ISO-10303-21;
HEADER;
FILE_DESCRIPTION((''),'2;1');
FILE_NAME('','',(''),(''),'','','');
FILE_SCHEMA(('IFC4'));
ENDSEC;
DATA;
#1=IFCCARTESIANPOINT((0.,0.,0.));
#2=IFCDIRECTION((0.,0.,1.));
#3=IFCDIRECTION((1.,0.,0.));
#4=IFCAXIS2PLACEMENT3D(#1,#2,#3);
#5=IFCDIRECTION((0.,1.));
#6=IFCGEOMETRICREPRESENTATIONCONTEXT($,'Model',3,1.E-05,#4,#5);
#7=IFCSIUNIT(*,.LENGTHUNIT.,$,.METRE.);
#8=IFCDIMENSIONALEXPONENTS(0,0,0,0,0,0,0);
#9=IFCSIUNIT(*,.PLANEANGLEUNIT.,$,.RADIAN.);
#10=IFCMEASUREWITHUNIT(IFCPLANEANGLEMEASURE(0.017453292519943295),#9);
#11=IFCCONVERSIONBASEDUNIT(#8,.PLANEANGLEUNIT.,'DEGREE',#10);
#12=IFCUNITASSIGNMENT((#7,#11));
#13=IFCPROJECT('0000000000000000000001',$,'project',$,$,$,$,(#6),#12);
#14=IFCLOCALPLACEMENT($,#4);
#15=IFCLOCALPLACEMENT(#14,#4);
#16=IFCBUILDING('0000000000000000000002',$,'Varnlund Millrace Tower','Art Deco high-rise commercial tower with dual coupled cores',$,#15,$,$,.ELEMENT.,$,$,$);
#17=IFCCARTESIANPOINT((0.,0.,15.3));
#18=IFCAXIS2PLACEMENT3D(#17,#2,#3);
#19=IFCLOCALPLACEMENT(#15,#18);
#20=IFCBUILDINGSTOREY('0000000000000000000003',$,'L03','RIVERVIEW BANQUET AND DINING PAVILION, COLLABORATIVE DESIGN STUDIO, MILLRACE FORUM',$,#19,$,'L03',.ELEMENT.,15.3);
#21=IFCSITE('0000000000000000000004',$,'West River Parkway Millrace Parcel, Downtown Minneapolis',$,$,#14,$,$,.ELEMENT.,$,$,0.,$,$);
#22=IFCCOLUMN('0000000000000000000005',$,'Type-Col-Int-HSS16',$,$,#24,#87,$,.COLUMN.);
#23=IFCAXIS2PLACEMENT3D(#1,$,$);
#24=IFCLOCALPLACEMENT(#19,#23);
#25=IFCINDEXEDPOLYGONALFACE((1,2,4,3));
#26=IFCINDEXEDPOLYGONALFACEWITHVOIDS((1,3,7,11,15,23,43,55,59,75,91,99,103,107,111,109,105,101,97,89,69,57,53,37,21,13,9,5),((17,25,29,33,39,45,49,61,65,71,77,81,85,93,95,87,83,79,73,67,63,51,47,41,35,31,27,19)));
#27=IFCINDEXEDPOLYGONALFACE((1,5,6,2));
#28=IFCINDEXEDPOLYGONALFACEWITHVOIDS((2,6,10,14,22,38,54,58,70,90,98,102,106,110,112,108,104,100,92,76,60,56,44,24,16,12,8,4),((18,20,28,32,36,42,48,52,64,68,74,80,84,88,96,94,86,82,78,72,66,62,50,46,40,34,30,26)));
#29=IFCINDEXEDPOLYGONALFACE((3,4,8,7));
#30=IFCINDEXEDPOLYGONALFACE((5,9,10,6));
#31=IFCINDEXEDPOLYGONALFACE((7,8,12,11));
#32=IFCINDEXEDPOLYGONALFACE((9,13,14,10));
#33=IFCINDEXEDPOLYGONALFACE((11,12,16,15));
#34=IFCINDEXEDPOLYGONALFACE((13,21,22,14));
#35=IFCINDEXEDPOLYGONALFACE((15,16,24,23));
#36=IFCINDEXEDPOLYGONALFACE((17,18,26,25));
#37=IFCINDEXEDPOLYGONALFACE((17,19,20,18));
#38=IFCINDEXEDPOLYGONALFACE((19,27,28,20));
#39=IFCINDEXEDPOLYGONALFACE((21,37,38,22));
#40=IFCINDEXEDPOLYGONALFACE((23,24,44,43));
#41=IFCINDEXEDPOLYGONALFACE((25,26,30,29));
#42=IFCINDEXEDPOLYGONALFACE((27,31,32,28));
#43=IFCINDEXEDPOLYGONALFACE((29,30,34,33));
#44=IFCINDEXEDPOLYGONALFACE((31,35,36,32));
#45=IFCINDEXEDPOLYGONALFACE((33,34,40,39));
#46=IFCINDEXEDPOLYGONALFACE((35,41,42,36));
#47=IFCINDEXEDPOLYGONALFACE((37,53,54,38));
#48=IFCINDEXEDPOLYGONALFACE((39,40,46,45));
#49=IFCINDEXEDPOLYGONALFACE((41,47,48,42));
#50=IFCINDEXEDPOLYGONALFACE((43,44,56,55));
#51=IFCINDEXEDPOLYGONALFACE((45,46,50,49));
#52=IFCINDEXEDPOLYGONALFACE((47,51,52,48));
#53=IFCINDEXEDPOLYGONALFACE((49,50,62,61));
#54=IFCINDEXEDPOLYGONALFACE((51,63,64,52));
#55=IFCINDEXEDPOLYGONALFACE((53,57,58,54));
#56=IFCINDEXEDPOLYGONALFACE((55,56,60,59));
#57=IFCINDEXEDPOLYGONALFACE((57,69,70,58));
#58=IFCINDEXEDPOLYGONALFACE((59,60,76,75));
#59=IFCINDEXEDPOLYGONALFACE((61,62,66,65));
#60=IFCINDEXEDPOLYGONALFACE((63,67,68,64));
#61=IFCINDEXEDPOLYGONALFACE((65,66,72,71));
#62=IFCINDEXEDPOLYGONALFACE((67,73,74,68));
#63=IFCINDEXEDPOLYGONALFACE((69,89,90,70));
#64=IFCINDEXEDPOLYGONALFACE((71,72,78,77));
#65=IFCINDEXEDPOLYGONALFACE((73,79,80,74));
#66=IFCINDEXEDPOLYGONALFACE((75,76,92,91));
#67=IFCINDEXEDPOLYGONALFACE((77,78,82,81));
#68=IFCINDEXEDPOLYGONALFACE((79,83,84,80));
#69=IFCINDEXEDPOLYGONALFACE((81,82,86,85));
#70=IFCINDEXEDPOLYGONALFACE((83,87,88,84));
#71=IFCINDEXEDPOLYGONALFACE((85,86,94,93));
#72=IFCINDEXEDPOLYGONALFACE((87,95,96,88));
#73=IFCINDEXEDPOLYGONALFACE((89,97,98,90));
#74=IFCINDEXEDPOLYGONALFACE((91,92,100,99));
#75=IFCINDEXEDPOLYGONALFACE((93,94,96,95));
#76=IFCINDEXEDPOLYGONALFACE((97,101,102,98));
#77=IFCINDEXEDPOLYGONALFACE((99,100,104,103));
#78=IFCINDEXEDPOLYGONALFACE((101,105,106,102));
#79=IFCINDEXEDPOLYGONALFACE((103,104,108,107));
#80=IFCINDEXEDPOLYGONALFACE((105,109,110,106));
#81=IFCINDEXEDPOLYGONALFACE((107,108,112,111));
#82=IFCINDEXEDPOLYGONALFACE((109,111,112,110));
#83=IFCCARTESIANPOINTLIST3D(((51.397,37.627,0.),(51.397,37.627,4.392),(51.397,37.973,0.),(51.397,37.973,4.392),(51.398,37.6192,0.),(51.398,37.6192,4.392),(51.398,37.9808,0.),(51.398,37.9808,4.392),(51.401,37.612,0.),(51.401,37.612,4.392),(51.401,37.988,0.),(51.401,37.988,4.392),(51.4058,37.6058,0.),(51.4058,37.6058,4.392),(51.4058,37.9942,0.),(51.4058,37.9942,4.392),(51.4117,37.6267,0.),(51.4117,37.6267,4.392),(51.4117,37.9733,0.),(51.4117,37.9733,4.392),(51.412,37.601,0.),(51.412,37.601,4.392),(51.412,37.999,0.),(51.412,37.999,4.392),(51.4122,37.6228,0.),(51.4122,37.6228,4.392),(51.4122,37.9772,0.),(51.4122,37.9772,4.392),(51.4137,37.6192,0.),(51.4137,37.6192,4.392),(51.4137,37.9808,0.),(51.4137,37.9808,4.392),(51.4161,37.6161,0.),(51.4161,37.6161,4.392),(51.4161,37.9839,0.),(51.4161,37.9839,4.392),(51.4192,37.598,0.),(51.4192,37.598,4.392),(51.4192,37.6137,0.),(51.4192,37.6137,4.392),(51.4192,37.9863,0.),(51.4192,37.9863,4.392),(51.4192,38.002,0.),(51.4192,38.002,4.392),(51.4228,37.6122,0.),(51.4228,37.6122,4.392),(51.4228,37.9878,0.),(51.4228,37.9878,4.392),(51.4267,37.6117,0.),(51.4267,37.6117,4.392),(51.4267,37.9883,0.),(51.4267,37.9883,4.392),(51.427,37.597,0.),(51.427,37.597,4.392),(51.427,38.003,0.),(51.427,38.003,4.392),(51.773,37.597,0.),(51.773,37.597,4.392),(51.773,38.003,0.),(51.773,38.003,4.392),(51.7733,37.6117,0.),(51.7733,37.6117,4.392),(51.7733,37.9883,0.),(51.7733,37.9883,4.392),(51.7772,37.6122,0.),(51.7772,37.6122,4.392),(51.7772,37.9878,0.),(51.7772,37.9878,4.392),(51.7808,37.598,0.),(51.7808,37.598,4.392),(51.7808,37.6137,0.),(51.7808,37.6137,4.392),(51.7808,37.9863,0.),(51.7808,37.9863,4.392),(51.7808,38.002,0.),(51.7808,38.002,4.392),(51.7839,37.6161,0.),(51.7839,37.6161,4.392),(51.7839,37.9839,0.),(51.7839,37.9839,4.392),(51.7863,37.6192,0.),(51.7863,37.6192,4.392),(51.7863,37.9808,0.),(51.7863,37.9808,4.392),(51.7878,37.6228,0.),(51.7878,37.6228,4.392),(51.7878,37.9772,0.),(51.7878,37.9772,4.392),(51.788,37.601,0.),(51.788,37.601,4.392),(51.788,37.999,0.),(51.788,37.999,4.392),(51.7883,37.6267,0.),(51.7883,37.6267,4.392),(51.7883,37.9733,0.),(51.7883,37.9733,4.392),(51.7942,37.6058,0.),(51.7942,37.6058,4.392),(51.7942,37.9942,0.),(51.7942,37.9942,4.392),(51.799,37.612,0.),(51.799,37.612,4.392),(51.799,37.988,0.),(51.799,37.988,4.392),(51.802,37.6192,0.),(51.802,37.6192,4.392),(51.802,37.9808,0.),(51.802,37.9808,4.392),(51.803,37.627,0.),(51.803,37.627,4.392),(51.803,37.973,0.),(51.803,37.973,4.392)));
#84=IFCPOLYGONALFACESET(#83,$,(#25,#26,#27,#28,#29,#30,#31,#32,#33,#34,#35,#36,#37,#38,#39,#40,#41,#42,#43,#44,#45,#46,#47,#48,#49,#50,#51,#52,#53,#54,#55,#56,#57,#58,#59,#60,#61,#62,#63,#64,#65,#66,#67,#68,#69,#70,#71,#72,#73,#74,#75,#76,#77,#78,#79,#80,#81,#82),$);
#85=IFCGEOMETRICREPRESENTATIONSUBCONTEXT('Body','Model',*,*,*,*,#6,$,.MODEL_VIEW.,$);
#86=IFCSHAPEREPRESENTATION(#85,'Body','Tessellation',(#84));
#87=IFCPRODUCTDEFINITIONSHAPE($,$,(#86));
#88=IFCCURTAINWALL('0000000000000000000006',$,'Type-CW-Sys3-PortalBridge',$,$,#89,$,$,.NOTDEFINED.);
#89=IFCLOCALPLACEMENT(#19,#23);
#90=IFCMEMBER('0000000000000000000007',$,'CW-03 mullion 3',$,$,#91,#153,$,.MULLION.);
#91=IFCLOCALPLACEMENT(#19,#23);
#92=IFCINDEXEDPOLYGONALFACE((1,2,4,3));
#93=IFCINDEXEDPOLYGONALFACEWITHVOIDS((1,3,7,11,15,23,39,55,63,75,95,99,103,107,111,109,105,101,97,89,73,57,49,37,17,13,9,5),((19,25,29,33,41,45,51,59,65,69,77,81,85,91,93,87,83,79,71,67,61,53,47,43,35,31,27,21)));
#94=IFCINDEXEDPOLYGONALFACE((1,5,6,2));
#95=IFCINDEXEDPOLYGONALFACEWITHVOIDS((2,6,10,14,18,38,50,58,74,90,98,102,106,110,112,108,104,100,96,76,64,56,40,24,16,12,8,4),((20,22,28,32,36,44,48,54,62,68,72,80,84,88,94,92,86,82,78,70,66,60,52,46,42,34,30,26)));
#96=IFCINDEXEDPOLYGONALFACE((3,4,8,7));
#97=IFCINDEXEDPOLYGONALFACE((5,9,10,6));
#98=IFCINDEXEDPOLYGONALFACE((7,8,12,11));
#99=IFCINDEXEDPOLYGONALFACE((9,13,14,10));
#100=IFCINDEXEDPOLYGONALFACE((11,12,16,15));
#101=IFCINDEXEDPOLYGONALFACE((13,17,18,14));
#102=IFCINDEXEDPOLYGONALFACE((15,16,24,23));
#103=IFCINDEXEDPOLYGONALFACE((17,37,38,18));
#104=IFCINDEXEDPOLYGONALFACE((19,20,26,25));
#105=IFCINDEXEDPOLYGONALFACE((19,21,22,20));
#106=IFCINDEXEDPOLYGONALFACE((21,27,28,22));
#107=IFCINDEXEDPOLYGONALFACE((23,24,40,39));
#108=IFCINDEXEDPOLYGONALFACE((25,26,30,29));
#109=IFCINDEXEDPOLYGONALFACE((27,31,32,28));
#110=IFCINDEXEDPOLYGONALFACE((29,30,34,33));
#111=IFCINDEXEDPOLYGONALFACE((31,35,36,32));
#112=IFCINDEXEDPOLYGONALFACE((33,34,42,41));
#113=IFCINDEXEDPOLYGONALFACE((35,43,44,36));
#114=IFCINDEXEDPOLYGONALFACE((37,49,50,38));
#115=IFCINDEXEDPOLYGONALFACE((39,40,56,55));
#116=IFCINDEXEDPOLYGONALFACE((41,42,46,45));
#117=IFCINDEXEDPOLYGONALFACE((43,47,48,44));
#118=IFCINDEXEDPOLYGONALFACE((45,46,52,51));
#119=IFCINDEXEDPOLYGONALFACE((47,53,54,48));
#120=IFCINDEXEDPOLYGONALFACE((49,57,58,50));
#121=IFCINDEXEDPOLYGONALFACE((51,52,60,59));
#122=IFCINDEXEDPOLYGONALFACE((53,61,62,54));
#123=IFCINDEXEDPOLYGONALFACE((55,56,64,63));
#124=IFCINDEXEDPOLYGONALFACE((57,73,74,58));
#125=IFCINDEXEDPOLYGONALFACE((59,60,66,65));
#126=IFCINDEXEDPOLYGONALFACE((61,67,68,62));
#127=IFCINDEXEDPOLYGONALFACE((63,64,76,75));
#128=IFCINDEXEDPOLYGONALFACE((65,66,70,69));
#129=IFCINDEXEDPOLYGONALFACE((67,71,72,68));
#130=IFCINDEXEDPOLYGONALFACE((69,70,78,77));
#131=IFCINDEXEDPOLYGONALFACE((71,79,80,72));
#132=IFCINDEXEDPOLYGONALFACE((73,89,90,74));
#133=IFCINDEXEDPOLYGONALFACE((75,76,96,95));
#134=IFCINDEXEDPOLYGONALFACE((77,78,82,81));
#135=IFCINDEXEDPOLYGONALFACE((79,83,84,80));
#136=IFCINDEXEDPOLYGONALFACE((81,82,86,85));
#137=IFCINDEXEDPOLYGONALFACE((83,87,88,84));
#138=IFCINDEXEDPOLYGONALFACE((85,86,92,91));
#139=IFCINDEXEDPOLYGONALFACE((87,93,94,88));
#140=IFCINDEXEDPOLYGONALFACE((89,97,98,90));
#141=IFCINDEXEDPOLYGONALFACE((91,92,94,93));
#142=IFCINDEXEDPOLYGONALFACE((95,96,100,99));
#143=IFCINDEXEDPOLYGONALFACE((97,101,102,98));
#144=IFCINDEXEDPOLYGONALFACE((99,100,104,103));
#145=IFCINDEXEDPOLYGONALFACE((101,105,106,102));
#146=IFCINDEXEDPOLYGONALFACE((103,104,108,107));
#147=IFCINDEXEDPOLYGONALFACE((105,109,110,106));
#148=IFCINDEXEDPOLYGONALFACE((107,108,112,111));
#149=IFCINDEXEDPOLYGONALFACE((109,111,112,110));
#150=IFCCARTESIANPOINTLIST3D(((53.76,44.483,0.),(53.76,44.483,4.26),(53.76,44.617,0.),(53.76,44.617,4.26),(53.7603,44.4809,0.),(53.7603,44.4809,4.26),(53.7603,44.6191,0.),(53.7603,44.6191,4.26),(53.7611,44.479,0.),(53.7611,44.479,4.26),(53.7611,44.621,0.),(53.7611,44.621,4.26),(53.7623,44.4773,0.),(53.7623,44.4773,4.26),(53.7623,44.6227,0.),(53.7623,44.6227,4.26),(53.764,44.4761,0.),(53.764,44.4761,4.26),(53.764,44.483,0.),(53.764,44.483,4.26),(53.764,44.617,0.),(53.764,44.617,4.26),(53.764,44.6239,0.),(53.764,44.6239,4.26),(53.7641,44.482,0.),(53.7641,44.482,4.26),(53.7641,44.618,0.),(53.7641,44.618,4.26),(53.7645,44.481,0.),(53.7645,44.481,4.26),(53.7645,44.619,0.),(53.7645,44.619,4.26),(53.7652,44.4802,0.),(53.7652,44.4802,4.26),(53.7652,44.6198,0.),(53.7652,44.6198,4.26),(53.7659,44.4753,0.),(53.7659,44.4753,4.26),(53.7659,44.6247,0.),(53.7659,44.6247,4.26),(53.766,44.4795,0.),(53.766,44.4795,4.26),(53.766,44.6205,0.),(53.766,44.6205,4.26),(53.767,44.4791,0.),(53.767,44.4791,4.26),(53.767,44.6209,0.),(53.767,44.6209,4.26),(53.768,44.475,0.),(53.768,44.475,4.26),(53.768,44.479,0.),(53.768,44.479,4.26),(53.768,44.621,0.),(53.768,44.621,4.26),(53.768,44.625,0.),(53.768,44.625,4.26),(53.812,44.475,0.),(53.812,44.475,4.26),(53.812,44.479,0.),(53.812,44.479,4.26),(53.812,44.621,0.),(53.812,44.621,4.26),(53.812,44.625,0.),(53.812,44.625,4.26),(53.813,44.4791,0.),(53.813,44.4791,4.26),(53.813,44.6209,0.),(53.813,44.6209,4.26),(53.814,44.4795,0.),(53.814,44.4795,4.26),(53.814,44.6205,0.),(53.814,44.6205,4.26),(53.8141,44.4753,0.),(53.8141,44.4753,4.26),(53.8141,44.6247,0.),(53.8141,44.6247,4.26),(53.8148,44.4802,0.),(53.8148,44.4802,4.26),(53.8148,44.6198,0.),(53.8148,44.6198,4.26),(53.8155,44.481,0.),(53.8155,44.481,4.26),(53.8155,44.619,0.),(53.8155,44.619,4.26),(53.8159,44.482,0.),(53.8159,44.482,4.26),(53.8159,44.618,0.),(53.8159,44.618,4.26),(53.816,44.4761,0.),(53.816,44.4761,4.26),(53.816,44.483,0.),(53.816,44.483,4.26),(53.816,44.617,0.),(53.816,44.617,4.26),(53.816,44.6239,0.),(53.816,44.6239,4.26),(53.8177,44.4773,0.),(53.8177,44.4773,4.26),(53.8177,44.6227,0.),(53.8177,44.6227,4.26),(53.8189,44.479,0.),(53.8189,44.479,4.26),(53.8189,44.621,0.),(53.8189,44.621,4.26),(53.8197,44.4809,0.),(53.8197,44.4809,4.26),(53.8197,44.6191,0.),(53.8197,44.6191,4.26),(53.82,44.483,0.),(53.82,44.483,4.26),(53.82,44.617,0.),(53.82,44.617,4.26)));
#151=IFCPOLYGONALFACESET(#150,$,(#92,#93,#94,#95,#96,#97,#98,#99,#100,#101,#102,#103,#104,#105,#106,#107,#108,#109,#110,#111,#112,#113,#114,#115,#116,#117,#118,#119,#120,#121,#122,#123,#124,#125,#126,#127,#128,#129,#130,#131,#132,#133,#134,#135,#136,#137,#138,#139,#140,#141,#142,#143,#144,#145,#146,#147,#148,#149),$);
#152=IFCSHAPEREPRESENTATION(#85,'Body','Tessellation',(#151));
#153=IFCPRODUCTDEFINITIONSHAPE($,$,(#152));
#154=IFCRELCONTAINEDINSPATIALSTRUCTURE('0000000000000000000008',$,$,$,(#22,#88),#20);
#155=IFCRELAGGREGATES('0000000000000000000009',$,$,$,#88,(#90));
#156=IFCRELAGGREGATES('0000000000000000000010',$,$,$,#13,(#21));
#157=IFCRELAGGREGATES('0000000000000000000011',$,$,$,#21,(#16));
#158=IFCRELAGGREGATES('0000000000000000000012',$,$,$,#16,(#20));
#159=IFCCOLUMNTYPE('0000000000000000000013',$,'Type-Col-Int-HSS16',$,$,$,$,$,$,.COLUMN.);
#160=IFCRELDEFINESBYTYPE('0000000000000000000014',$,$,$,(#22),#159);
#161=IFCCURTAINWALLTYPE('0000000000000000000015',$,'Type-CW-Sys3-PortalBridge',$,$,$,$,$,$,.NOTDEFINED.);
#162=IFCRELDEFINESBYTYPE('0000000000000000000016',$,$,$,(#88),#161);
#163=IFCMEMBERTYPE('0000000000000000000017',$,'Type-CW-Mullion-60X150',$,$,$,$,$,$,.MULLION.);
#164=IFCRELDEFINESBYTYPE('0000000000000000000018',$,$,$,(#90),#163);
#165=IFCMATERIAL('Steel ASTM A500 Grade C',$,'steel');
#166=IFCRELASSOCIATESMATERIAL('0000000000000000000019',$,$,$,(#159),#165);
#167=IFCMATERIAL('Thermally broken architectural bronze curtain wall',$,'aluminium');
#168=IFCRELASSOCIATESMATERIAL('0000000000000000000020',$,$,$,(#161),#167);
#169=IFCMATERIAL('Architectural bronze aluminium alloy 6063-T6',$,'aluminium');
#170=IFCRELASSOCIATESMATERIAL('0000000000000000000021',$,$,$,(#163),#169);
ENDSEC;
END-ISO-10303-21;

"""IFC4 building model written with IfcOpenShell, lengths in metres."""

from ifc_helpers import new_model, entity, si_unit, converted_unit, direction, frame, origin_with_axes, origin_2d_with_axis, place, context, subcontext, project, spatial, hollow_rectangle, extrude, material, material_profile, profile_set, type_object, element, aggregate, save


model = new_model("IFC4")

# Units and contexts
model_context = context("Model", 3, precision=1e-05, world=origin_with_axes(), true_north=direction((0.0, 1.0)))
body_context = subcontext(model_context, "Body", "Model", "MODEL_VIEW")
ifc_project = project(units=[si_unit("LENGTHUNIT", "METRE"), converted_unit("PLANEANGLEUNIT", "DEGREE", entity("IfcPlaneAngleMeasure", 0.017453292519943295), si_unit("PLANEANGLEUNIT", "RADIAN"), dimensions=[0, 0, 0, 0, 0, 0, 0])], contexts=[model_context])

# Site, building, storey
site_placement = place(None, origin_with_axes())
site = spatial("IfcSite", under=ifc_project, at=site_placement, Name="West River Parkway Millrace Parcel, Downtown Minneapolis", CompositionType="ELEMENT", RefElevation=0.0)
building_placement = place(site_placement, origin_with_axes())
building = spatial("IfcBuilding", under=site, at=building_placement, Name="Varnlund Millrace Tower", Description="Art Deco high-rise commercial tower with dual coupled cores", CompositionType="ELEMENT")
storey_placement = place(building_placement, frame((0.0, 0.0, 15.3), z_axis=(0.0, 0.0, 1.0), x_axis=(1.0, 0.0, 0.0)))
storey = spatial("IfcBuildingStorey", under=building, at=storey_placement, Name="L03", Description="RIVERVIEW BANQUET AND DINING PAVILION, COLLABORATIVE DESIGN STUDIO, MILLRACE FORUM", LongName="L03", CompositionType="ELEMENT", Elevation=15.3)

# Column
ifc_material_1 = material(Name="Steel ASTM A500 Grade C", Category="steel")
ifc_material_profile_1 = material_profile(ifc_material_1, hollow_rectangle(XDim=0.406, YDim=0.406, WallThickness=0.0147, InnerFilletRadius=0.015, OuterFilletRadius=0.03, at=origin_2d_with_axis()), Name="Steel ASTM A500 Grade C")
ifc_profile_set_1 = profile_set([ifc_material_profile_1], Name="Steel ASTM A500 Grade C")
column_type = type_object("IfcColumnType", Name="Type-Col-Int-HSS16", PredefinedType="COLUMN", material=ifc_profile_set_1)
column_placement = place(storey_placement, frame((51.6, 37.8, 0.0), z_axis=(0.0, 0.0, 1.0), x_axis=(1.0, 0.0, 0.0)))
element("IfcColumn", 1, at=column_placement, inside=storey, type_object=column_type, Name="Type-Col-Int-HSS16", PredefinedType="COLUMN", context=body_context, shape_type="SweptSolid", body=[
    extrude(hollow_rectangle(XDim=0.406, YDim=0.406, WallThickness=0.0147, InnerFilletRadius=0.015, OuterFilletRadius=0.03, at=origin_2d_with_axis()), origin_with_axes(), (0.0, 0.0, 1.0), 4.392),
])

# Curtain wall, member
ifc_material_2 = material(Name="Thermally broken architectural bronze curtain wall", Category="aluminium")
curtain_wall_type = type_object("IfcCurtainWallType", Name="Type-CW-Sys3-PortalBridge", PredefinedType="NOTDEFINED", material=ifc_material_2)
curtain_wall_placement = place(storey_placement, frame((53.79, 47.55, 0.0), z_axis=(0.0, 0.0, 1.0), x_axis=(1.0, 0.0, 0.0)))
curtain_wall = element("IfcCurtainWall", 2, at=curtain_wall_placement, inside=storey, type_object=curtain_wall_type, Name="Type-CW-Sys3-PortalBridge", PredefinedType="NOTDEFINED")
ifc_material_3 = material(Name="Architectural bronze aluminium alloy 6063-T6", Category="aluminium")
ifc_material_profile_2 = material_profile(ifc_material_3, hollow_rectangle(XDim=0.06, YDim=0.15, WallThickness=0.004, InnerFilletRadius=0.004, OuterFilletRadius=0.008, at=origin_2d_with_axis()), Name="Architectural bronze aluminium alloy 6063-T6")
ifc_profile_set_2 = profile_set([ifc_material_profile_2], Name="Architectural bronze aluminium alloy 6063-T6")
member_type_1 = type_object("IfcMemberType", Name="Type-CW-Mullion-60X150", PredefinedType="MULLION", material=ifc_profile_set_2)
member_1_placement = place(storey_placement, frame((53.79, 44.55, 0.0), z_axis=(0.0, 0.0, 1.0), x_axis=(1.0, 0.0, 0.0)))
member_1 = element("IfcMember", 3, at=member_1_placement, type_object=member_type_1, Name="CW-03 mullion 3", PredefinedType="MULLION", context=body_context, shape_type="SweptSolid", body=[
    extrude(hollow_rectangle(XDim=0.06, YDim=0.15, WallThickness=0.004, InnerFilletRadius=0.004, OuterFilletRadius=0.008, at=origin_2d_with_axis()), origin_with_axes(), (0.0, 0.0, 1.0), 4.26),
])

aggregate(curtain_wall, [member_1])

save(model, "model.ifc")
